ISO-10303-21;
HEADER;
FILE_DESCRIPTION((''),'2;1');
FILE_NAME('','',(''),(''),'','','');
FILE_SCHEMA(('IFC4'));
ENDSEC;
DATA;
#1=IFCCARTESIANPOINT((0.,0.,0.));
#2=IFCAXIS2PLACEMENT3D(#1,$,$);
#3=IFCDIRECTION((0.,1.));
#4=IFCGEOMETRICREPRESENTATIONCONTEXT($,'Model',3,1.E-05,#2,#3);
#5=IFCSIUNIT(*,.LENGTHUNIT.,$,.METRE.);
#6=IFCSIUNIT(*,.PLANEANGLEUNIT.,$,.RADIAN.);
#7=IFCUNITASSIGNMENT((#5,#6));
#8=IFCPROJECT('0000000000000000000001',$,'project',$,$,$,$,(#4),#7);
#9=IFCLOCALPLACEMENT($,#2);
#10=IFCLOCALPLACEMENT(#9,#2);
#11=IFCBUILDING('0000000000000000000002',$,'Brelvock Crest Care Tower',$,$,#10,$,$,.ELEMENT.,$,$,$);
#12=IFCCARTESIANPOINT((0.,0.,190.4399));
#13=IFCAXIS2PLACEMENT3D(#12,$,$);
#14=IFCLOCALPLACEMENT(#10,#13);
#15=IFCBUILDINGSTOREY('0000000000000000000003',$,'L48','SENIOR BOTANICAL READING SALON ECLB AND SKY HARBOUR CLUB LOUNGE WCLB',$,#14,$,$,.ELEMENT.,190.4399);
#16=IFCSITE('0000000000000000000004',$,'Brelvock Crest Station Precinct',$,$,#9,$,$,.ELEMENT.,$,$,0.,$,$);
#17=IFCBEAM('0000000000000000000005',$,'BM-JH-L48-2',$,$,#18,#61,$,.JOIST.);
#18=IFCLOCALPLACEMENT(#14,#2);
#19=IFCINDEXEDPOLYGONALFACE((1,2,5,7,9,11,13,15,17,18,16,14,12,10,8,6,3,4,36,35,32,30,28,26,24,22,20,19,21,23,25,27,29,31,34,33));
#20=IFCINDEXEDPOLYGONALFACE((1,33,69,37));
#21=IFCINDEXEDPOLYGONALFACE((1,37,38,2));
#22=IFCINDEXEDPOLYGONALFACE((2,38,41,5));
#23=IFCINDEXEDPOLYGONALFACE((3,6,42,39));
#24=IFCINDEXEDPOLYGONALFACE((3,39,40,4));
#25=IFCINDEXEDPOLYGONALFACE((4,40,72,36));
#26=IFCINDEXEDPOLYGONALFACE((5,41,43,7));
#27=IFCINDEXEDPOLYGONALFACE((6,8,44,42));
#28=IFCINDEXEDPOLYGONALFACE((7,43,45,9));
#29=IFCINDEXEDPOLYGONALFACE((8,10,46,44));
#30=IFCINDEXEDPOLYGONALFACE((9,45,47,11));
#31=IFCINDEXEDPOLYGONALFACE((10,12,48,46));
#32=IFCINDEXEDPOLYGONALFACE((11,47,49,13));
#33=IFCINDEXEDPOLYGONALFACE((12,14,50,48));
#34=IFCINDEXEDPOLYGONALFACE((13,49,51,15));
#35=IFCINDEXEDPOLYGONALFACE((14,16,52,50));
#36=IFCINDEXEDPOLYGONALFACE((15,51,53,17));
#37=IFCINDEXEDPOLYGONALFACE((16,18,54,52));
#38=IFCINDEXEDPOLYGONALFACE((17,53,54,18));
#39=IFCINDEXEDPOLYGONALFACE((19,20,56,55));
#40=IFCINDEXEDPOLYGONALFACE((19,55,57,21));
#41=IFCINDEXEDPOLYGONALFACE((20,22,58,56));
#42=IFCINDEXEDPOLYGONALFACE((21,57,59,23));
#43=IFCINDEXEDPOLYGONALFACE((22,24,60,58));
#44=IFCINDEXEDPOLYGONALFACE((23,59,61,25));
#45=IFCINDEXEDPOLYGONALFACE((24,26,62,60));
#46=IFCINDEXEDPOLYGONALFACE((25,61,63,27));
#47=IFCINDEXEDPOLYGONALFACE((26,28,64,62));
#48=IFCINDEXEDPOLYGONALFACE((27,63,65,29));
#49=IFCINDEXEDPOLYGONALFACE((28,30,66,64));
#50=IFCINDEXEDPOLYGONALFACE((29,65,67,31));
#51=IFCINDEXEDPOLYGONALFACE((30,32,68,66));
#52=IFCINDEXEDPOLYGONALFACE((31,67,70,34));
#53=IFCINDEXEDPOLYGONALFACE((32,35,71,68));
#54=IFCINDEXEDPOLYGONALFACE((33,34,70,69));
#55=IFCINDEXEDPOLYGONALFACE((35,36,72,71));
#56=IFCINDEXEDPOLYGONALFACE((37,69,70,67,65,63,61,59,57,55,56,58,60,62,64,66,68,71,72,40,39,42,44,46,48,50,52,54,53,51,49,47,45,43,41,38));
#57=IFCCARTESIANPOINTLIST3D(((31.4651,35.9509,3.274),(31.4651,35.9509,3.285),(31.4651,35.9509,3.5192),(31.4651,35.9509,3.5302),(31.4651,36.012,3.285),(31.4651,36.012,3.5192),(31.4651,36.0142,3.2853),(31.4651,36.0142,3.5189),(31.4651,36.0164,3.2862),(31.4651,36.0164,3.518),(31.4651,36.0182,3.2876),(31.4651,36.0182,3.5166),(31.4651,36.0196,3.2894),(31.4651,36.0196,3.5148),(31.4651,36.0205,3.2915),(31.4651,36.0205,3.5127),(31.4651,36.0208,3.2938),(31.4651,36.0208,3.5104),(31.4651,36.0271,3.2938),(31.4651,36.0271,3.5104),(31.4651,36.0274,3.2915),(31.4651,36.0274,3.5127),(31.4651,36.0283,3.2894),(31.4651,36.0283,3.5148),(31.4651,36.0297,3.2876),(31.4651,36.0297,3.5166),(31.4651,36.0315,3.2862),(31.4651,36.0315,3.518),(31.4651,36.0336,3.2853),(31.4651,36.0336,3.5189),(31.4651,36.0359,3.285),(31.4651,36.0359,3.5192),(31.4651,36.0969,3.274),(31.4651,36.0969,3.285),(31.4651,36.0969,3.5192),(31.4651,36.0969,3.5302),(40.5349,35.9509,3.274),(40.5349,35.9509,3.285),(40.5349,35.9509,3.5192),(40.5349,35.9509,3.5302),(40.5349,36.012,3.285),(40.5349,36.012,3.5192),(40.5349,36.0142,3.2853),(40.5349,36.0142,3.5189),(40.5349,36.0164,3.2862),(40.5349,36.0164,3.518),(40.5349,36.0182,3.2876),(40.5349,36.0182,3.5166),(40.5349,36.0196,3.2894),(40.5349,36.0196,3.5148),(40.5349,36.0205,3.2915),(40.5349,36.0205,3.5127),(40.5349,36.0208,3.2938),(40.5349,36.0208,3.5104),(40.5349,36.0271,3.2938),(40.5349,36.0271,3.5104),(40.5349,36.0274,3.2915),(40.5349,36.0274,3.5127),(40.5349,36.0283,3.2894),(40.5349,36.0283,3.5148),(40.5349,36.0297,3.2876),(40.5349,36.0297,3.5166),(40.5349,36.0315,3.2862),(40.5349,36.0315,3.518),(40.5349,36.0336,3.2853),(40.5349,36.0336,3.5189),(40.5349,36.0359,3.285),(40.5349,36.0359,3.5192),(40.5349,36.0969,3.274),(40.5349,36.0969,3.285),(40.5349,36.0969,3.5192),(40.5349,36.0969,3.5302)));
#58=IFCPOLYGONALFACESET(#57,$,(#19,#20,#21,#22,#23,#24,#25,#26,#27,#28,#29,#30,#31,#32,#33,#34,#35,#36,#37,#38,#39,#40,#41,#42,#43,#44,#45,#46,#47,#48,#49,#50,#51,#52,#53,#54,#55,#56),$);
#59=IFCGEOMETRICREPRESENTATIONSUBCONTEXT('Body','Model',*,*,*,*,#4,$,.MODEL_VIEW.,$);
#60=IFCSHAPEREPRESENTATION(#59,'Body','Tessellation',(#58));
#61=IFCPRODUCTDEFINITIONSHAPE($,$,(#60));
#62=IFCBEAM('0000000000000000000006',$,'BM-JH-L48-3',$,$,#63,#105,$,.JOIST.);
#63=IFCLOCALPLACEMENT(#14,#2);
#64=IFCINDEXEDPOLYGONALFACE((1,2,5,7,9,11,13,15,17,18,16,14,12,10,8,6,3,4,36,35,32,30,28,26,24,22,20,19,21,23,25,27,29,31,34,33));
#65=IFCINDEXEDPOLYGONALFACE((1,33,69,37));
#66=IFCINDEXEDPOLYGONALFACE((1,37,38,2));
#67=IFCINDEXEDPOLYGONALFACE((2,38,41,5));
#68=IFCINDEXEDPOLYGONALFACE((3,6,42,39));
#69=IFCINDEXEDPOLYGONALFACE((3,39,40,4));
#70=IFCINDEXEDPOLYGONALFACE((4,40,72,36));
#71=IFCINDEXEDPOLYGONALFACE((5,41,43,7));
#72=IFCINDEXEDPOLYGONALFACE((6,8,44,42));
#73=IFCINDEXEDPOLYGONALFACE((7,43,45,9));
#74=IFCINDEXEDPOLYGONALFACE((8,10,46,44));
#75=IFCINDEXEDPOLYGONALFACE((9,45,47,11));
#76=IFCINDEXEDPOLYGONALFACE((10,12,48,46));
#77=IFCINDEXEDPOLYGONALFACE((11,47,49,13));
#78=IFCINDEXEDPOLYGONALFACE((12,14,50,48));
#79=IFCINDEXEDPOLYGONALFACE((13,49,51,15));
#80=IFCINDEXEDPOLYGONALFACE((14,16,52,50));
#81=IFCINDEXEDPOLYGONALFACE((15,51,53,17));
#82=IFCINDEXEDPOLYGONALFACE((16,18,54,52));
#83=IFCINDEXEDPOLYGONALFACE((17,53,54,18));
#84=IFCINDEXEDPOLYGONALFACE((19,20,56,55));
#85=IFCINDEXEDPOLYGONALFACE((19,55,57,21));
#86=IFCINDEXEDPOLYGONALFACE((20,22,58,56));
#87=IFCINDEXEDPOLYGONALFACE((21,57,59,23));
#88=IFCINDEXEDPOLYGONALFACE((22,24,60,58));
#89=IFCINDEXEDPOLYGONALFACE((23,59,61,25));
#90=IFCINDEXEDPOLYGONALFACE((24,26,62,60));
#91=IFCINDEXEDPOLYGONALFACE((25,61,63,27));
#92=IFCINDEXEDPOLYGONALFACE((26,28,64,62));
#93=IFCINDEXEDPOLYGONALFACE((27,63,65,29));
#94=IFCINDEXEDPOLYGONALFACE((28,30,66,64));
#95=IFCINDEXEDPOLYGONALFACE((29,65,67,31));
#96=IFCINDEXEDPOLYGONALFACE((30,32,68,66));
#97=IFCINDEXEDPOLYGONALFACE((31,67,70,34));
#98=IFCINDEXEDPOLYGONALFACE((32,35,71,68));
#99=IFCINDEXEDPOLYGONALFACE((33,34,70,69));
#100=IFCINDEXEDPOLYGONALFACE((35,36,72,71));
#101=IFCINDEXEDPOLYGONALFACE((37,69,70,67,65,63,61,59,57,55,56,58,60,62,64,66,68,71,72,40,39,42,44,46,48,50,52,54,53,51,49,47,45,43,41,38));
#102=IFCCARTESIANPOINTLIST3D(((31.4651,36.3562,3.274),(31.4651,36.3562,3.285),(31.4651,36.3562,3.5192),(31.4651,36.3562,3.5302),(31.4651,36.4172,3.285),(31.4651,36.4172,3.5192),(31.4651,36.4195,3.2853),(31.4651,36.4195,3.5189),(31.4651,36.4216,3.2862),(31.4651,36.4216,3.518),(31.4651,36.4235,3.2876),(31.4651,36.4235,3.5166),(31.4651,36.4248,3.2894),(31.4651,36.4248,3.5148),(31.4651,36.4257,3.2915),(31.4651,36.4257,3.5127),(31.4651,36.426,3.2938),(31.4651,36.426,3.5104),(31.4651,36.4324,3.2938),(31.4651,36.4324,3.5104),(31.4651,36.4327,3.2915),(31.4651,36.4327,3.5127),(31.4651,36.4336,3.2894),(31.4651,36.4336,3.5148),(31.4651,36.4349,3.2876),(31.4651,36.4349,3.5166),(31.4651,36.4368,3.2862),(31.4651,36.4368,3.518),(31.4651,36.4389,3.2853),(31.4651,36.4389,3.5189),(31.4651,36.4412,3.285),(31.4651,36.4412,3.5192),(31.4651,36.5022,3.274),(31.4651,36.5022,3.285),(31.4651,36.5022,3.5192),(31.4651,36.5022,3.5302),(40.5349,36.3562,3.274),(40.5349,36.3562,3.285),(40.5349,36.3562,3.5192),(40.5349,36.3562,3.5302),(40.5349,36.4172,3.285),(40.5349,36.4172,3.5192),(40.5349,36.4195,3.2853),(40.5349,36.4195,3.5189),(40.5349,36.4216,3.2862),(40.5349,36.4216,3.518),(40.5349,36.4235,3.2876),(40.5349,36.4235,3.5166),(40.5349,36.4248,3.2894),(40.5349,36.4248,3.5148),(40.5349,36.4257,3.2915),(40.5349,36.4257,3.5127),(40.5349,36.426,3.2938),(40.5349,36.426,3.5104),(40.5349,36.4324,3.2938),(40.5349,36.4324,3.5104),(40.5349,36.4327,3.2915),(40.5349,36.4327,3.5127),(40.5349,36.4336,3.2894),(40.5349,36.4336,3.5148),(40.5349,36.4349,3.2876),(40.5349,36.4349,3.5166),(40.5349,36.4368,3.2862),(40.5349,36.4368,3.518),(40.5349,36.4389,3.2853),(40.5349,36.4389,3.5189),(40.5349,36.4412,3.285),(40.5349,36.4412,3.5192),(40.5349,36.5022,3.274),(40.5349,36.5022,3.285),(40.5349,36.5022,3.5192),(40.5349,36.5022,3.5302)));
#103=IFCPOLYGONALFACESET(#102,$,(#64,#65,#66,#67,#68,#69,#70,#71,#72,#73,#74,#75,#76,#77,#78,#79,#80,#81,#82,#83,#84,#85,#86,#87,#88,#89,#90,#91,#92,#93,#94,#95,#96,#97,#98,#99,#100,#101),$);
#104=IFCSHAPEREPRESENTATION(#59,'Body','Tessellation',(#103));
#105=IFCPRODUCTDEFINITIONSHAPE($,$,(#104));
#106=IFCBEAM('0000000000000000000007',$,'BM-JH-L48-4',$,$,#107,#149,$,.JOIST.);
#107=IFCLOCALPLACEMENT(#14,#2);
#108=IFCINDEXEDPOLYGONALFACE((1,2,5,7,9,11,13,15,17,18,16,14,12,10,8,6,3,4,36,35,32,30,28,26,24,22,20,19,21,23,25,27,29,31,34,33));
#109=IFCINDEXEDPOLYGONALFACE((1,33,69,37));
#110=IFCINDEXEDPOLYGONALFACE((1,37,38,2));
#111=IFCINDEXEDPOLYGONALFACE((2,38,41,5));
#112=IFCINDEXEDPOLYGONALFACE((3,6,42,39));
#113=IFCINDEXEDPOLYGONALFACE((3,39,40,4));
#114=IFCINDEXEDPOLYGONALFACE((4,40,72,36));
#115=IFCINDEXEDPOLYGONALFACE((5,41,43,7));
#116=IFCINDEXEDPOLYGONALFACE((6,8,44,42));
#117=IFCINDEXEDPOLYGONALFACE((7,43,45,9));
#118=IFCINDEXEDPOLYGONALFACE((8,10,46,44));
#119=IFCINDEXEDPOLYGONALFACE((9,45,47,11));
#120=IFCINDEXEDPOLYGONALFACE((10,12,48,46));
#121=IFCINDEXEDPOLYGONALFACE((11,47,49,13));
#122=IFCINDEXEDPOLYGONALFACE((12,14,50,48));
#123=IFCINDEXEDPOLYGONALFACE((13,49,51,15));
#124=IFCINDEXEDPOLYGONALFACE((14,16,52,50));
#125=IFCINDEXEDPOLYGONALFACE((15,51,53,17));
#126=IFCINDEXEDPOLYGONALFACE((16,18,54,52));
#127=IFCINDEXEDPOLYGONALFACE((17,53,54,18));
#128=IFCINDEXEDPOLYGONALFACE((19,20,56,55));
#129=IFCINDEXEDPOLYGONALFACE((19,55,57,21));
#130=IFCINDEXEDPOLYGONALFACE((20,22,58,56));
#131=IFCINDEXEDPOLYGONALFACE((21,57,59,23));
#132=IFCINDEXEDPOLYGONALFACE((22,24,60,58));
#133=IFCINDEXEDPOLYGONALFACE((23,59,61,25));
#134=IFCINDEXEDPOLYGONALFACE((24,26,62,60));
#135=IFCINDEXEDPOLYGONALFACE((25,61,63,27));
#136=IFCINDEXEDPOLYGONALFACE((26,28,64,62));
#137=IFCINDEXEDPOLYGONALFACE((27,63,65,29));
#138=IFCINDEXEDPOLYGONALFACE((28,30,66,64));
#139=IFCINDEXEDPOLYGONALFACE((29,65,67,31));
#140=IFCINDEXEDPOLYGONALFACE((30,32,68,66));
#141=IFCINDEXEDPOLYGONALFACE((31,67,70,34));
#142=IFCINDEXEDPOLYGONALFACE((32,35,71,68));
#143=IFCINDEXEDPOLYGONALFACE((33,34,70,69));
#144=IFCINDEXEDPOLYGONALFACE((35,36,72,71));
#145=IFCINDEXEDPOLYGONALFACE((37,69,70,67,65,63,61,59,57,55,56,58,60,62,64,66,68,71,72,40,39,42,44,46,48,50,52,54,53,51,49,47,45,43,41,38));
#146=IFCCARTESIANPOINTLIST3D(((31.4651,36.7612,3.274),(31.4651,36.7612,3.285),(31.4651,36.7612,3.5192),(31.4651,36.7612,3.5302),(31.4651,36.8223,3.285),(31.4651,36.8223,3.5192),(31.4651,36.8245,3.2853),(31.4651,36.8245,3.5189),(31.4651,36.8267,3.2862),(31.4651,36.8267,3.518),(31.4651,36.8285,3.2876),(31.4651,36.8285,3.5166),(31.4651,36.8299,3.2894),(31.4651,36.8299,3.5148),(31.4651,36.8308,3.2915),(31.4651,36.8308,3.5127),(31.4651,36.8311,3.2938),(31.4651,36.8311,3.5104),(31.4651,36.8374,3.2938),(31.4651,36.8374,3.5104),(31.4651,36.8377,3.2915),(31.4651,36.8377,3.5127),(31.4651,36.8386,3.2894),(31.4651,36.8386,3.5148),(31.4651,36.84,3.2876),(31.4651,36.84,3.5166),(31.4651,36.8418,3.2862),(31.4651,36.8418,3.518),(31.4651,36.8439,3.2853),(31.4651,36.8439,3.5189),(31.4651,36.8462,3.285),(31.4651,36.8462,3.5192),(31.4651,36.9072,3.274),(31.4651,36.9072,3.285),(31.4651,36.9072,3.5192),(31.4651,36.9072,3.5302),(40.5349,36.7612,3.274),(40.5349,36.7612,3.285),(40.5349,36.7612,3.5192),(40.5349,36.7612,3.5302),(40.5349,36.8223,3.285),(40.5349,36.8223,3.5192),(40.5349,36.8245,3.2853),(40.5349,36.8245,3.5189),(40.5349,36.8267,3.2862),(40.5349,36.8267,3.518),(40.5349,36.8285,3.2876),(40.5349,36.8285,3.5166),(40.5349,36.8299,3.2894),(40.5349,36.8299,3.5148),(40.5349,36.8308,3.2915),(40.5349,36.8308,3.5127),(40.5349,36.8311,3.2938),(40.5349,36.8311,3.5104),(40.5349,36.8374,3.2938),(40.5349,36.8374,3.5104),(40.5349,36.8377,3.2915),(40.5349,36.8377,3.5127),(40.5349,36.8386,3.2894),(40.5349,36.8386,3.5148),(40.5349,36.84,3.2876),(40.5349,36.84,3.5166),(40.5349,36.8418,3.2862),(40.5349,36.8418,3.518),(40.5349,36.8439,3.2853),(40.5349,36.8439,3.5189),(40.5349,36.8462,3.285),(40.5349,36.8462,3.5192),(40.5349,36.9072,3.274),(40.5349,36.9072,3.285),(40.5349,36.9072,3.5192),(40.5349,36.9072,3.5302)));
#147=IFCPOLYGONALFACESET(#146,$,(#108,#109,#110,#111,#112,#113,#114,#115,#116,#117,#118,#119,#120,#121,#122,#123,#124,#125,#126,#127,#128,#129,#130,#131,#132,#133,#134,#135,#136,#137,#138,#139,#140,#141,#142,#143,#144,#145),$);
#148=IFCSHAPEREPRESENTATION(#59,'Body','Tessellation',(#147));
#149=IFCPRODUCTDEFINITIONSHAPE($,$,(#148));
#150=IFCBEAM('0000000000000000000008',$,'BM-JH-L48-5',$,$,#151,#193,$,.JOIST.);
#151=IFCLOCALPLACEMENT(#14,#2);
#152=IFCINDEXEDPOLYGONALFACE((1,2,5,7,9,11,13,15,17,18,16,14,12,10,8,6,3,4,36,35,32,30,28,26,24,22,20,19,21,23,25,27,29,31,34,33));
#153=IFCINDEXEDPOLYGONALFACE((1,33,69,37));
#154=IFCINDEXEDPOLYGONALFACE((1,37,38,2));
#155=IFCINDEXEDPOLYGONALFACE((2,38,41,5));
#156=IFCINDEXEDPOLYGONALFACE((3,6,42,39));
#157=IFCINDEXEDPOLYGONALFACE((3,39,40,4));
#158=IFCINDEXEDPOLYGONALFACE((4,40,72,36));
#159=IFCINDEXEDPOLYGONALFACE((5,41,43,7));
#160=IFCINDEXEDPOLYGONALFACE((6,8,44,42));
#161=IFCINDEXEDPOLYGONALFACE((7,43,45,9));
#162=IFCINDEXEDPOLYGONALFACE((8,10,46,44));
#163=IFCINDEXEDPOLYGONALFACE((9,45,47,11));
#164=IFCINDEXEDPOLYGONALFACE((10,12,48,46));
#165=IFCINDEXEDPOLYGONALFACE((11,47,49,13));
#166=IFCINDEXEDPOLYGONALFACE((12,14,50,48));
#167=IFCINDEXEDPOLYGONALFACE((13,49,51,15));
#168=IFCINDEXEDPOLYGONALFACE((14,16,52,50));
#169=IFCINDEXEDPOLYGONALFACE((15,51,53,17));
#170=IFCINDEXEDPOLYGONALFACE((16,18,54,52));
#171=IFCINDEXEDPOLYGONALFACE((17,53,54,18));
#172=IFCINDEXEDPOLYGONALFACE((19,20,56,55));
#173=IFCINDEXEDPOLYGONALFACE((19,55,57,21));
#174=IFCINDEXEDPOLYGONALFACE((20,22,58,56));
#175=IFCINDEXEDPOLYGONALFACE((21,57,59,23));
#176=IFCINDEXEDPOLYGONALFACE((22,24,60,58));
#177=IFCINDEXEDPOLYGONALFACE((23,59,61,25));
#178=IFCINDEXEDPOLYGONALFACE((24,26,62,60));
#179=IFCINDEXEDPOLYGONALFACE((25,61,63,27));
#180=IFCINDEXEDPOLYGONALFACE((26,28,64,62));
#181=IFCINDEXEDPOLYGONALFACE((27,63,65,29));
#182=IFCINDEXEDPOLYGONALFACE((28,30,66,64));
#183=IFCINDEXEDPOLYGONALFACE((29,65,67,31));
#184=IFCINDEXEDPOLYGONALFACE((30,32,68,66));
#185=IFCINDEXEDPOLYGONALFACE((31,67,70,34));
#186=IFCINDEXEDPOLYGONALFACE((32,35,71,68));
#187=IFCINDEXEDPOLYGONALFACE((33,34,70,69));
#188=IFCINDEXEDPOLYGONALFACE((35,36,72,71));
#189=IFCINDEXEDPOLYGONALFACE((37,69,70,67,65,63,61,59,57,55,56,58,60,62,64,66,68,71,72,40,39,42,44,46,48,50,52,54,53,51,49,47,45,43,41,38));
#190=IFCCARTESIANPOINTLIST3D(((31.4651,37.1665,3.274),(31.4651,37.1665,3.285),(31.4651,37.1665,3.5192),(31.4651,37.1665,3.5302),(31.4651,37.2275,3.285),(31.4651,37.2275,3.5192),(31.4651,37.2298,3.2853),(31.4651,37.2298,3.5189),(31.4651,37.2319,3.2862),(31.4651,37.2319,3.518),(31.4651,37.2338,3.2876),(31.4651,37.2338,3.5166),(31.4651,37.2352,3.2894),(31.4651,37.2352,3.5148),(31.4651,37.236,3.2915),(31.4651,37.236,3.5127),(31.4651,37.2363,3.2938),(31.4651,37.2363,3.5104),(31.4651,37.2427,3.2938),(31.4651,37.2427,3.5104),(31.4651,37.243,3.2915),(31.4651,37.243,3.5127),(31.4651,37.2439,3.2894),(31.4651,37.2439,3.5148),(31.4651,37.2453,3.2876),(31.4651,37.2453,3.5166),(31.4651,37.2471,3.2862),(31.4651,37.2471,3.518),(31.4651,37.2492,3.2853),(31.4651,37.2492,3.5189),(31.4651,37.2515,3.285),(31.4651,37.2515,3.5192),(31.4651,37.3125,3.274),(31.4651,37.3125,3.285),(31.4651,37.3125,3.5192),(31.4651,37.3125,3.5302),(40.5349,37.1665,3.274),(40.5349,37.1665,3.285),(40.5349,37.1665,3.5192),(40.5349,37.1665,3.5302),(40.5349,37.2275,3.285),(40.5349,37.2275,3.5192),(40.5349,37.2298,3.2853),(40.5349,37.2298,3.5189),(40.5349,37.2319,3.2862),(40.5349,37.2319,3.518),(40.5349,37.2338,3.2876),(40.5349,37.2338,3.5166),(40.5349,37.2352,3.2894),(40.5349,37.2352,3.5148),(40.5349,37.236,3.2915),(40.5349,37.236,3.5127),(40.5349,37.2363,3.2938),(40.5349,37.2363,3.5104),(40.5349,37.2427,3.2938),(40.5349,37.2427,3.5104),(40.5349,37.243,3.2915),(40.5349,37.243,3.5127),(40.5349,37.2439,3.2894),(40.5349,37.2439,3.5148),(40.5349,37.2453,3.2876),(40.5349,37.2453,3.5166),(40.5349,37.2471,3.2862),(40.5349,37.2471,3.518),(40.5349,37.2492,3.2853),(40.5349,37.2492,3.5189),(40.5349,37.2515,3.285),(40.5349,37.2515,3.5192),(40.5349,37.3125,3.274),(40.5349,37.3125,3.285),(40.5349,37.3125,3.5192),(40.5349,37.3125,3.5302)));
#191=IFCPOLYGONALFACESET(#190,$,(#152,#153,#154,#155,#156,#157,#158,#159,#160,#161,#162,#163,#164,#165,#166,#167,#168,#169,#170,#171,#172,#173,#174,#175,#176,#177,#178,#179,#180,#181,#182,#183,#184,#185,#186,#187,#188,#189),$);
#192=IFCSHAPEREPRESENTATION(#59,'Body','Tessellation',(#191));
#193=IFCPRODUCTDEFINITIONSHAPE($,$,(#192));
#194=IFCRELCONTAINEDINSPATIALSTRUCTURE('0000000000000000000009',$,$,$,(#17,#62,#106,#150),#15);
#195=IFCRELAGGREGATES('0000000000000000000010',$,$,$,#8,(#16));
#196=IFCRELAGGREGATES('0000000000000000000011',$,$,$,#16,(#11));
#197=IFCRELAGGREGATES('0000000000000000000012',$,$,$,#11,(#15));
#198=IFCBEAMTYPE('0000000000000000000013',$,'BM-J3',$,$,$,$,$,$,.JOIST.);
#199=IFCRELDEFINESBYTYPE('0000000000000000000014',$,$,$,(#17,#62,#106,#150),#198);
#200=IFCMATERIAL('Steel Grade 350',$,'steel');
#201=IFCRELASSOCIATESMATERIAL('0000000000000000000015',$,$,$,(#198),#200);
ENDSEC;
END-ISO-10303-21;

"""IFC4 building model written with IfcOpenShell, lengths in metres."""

from ifc_helpers import new_model, si_unit, direction, frame, origin, origin_2d, place, context, subcontext, project, spatial, i_section, extrude, source, transform, mapped, material, material_profile, profile_set, type_object, element, save


model = new_model("IFC4")

# Units and contexts
model_context = context("Model", 3, precision=1e-05, world=origin(), true_north=direction((0.0, 1.0)))
body_context = subcontext(model_context, "Body", "Model", "MODEL_VIEW")
ifc_project = project(units=[si_unit("LENGTHUNIT", "METRE"), si_unit("PLANEANGLEUNIT", "RADIAN")], contexts=[model_context])

# Site, building, storey
site_placement = place(None, origin())
site = spatial("IfcSite", under=ifc_project, at=site_placement, Name="Brelvock Crest Station Precinct", CompositionType="ELEMENT", RefElevation=0.0)
building_placement = place(site_placement, origin())
building = spatial("IfcBuilding", under=site, at=building_placement, Name="Brelvock Crest Care Tower", CompositionType="ELEMENT")
storey_placement = place(building_placement, frame((0.0, 0.0, 190.4399)))
storey = spatial("IfcBuildingStorey", under=building, at=storey_placement, Name="L48", Description="SENIOR BOTANICAL READING SALON ECLB AND SKY HARBOUR CLUB LOUNGE WCLB", CompositionType="ELEMENT", Elevation=190.4399)

# Beams
ifc_material = material(Name="Steel Grade 350", Category="steel")
ifc_material_profile_1 = material_profile(ifc_material, i_section(OverallWidth=0.146, OverallDepth=0.2561, WebThickness=0.0063, FlangeThickness=0.011, FilletRadius=0.0088, at=origin_2d()), Name="250UB37.3")
ifc_profile_set_1 = profile_set([ifc_material_profile_1], Name="Steel Grade 350")
beam_type_1 = type_object("IfcBeamType", Name="BM-J3", PredefinedType="JOIST", material=ifc_profile_set_1)
shared_shape_1 = source(origin(), body_context, "Body", "SweptSolid", [
    extrude(i_section(OverallWidth=0.146, OverallDepth=0.2561, WebThickness=0.0063, FlangeThickness=0.011, FilletRadius=0.0088, at=origin_2d()), origin(), (0.0, 0.0, 1.0), 9.0698),
])
for number, where, z_axis, x_axis, name in (
    (1, (31.4651, 36.0239, 3.4021), (1.0, 0.0, 0.0), (0.0, 1.0, 0.0), "BM-JH-L48-2"),
    (2, (31.4651, 36.4292, 3.4021), (1.0, 0.0, 0.0), (0.0, 1.0, 0.0), "BM-JH-L48-3"),
    (3, (31.4651, 36.8342, 3.4021), (1.0, 0.0, 0.0), (0.0, 1.0, 0.0), "BM-JH-L48-4"),
    (4, (31.4651, 37.2395, 3.4021), (1.0, 0.0, 0.0), (0.0, 1.0, 0.0), "BM-JH-L48-5"),
):
    element("IfcBeam", number, at=place(storey_placement, frame(where, z_axis=z_axis, x_axis=x_axis)), inside=storey, type_object=beam_type_1, Name=name, PredefinedType="JOIST", context=body_context, shape_type="MappedRepresentation", body=[
        mapped(shared_shape_1, transform((0.0, 0.0, 0.0), x_axis=(1.0, 0.0, 0.0), y_axis=(0.0, 1.0, 0.0), z_axis=(0.0, 0.0, 1.0), scale=1.0)),
    ])

save(model, "model.ifc")
